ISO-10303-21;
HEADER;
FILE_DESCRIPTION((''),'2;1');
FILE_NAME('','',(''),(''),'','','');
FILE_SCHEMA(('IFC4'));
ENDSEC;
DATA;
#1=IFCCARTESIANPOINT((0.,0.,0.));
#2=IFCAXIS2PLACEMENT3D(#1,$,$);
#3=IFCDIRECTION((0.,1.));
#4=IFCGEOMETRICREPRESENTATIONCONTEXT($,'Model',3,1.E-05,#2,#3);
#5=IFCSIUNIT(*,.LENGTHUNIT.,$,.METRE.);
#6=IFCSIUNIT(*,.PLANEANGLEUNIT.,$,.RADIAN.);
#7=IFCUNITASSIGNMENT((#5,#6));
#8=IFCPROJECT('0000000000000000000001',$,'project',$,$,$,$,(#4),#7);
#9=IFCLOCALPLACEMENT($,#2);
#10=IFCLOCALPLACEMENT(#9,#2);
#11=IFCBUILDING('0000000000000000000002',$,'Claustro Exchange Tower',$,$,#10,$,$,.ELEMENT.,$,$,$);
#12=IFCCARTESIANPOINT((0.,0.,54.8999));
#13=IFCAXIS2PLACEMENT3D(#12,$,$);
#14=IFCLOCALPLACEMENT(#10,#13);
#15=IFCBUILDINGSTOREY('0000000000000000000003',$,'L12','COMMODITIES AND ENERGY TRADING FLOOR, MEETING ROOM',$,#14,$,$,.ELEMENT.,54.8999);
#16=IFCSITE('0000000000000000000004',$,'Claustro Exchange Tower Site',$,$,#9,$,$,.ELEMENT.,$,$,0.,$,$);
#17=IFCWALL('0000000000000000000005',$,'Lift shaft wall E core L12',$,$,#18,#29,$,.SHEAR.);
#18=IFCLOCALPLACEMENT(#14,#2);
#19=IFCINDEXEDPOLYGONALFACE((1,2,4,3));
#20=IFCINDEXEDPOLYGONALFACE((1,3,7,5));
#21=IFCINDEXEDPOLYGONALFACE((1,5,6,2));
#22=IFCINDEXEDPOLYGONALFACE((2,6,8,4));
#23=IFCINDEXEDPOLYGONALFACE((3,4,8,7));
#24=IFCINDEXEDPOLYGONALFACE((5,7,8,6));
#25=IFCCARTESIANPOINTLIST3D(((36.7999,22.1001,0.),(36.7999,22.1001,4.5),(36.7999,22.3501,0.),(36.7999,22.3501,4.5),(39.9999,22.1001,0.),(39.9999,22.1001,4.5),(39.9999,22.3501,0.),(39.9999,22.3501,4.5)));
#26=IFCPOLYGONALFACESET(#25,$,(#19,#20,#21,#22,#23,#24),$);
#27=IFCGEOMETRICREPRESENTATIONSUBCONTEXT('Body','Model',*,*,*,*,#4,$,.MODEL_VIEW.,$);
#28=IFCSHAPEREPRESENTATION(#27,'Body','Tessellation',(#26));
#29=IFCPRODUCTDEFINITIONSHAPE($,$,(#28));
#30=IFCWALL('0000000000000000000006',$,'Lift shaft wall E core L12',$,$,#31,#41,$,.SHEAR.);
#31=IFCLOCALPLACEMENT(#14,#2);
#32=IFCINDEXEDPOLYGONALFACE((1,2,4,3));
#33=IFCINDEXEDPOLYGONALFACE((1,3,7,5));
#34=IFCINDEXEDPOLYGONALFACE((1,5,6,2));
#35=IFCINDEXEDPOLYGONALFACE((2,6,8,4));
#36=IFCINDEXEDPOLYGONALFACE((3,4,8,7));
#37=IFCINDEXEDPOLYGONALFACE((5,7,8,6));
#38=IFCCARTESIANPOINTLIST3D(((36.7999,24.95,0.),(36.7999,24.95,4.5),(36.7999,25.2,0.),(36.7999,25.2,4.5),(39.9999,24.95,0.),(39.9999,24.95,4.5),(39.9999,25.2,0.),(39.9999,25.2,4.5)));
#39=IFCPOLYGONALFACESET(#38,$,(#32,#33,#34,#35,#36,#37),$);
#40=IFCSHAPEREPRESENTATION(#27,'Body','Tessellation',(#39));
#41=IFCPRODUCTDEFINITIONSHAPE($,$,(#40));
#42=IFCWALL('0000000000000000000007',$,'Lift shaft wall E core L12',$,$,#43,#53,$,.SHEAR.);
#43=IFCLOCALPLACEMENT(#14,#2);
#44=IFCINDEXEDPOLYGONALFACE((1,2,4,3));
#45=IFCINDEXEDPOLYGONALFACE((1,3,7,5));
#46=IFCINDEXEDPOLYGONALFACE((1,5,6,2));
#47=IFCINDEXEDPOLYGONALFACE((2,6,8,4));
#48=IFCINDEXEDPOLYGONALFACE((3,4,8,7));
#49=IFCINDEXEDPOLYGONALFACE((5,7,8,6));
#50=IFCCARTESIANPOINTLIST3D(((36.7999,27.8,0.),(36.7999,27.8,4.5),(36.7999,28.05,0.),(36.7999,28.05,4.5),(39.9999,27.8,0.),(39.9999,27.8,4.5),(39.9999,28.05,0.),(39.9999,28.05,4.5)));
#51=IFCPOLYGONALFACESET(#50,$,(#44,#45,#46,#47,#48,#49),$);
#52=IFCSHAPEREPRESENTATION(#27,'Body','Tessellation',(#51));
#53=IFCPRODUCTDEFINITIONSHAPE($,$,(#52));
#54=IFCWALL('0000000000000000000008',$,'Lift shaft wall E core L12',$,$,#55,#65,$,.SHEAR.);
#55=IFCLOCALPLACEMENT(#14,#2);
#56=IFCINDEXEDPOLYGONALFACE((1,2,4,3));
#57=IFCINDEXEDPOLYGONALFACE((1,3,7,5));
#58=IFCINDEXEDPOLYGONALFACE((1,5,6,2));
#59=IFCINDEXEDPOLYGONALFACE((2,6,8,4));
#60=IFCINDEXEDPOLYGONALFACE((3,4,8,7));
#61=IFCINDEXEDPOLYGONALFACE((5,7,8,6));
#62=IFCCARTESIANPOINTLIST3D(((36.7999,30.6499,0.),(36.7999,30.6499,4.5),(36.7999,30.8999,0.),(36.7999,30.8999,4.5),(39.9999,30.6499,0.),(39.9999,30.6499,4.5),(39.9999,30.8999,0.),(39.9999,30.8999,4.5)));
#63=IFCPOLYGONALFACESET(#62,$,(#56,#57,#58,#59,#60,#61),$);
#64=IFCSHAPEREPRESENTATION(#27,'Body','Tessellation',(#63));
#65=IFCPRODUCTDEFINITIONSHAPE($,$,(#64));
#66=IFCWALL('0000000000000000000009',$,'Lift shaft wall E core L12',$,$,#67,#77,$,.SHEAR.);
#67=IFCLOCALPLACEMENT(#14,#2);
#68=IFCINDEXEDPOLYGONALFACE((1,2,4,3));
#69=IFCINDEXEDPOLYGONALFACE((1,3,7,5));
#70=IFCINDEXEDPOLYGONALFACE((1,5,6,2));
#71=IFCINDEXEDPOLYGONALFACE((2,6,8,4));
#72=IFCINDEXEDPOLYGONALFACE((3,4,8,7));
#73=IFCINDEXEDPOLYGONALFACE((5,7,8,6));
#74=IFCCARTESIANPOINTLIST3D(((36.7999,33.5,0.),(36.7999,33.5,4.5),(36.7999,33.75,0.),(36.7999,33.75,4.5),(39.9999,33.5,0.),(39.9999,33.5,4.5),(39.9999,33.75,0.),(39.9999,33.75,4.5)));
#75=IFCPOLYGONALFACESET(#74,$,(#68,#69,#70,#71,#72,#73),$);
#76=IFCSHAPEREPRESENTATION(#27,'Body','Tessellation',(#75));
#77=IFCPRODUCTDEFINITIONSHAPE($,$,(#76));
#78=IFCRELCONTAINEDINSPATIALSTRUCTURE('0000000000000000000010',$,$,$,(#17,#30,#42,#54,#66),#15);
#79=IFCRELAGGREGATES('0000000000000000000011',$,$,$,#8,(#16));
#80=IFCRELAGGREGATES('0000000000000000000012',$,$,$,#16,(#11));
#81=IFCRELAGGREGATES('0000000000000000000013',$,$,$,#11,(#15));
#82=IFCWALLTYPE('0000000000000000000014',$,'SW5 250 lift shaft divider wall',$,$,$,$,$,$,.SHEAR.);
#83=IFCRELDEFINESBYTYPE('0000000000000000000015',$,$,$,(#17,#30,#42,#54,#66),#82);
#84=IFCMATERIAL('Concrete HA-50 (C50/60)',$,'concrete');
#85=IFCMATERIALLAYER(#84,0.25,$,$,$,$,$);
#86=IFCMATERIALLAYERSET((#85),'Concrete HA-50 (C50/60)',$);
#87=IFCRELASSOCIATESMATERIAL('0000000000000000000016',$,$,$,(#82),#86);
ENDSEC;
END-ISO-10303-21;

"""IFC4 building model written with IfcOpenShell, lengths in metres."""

from ifc_helpers import new_model, si_unit, direction, frame, frame_2d, origin, place, context, subcontext, project, spatial, rectangle, extrude, material, layer, layer_set, type_object, element, save


model = new_model("IFC4")

# Units and contexts
model_context = context("Model", 3, precision=1e-05, world=origin(), true_north=direction((0.0, 1.0)))
body_context = subcontext(model_context, "Body", "Model", "MODEL_VIEW")
ifc_project = project(units=[si_unit("LENGTHUNIT", "METRE"), si_unit("PLANEANGLEUNIT", "RADIAN")], contexts=[model_context])

# Site, building, storey
site_placement = place(None, origin())
site = spatial("IfcSite", under=ifc_project, at=site_placement, Name="Claustro Exchange Tower Site", CompositionType="ELEMENT", RefElevation=0.0)
building_placement = place(site_placement, origin())
building = spatial("IfcBuilding", under=site, at=building_placement, Name="Claustro Exchange Tower", CompositionType="ELEMENT")
storey_placement = place(building_placement, frame((0.0, 0.0, 54.8999)))
storey = spatial("IfcBuildingStorey", under=building, at=storey_placement, Name="L12", Description="COMMODITIES AND ENERGY TRADING FLOOR, MEETING ROOM", CompositionType="ELEMENT", Elevation=54.8999)

# Walls
ifc_material_1 = material(Name="Concrete HA-50 (C50/60)", Category="concrete")
ifc_layer_1 = layer(ifc_material_1, 0.25)
ifc_layer_set_1 = layer_set([ifc_layer_1], Name="Concrete HA-50 (C50/60)")
wall_type_1 = type_object("IfcWallType", Name="SW5 250 lift shaft divider wall", PredefinedType="SHEAR", material=ifc_layer_set_1)
for number, where, z_axis, x_axis, name in (
    (1, (40.0, 22.2251, 0.0), (0.0, 0.0, 1.0), (-1.0, 0.0, 0.0), "Lift shaft wall E core L12"),
    (2, (40.0, 25.075, 0.0), (0.0, 0.0, 1.0), (-1.0, 0.0, 0.0), "Lift shaft wall E core L12"),
    (3, (40.0, 27.925, 0.0), (0.0, 0.0, 1.0), (-1.0, 0.0, 0.0), "Lift shaft wall E core L12"),
    (4, (40.0, 30.7749, 0.0), (0.0, 0.0, 1.0), (-1.0, 0.0, 0.0), "Lift shaft wall E core L12"),
    (5, (40.0, 33.625, 0.0), (0.0, 0.0, 1.0), (-1.0, 0.0, 0.0), "Lift shaft wall E core L12"),
):
    element("IfcWall", number, at=place(storey_placement, frame(where, z_axis=z_axis, x_axis=x_axis)), inside=storey, type_object=wall_type_1, Name=name, PredefinedType="SHEAR", context=body_context, shape_type="SweptSolid", body=[
        extrude(rectangle(XDim=3.2, YDim=0.25, at=frame_2d((1.6001, 0.0))), origin(), (0.0, 0.0, 1.0), 4.5),
    ])

save(model, "model.ifc")
